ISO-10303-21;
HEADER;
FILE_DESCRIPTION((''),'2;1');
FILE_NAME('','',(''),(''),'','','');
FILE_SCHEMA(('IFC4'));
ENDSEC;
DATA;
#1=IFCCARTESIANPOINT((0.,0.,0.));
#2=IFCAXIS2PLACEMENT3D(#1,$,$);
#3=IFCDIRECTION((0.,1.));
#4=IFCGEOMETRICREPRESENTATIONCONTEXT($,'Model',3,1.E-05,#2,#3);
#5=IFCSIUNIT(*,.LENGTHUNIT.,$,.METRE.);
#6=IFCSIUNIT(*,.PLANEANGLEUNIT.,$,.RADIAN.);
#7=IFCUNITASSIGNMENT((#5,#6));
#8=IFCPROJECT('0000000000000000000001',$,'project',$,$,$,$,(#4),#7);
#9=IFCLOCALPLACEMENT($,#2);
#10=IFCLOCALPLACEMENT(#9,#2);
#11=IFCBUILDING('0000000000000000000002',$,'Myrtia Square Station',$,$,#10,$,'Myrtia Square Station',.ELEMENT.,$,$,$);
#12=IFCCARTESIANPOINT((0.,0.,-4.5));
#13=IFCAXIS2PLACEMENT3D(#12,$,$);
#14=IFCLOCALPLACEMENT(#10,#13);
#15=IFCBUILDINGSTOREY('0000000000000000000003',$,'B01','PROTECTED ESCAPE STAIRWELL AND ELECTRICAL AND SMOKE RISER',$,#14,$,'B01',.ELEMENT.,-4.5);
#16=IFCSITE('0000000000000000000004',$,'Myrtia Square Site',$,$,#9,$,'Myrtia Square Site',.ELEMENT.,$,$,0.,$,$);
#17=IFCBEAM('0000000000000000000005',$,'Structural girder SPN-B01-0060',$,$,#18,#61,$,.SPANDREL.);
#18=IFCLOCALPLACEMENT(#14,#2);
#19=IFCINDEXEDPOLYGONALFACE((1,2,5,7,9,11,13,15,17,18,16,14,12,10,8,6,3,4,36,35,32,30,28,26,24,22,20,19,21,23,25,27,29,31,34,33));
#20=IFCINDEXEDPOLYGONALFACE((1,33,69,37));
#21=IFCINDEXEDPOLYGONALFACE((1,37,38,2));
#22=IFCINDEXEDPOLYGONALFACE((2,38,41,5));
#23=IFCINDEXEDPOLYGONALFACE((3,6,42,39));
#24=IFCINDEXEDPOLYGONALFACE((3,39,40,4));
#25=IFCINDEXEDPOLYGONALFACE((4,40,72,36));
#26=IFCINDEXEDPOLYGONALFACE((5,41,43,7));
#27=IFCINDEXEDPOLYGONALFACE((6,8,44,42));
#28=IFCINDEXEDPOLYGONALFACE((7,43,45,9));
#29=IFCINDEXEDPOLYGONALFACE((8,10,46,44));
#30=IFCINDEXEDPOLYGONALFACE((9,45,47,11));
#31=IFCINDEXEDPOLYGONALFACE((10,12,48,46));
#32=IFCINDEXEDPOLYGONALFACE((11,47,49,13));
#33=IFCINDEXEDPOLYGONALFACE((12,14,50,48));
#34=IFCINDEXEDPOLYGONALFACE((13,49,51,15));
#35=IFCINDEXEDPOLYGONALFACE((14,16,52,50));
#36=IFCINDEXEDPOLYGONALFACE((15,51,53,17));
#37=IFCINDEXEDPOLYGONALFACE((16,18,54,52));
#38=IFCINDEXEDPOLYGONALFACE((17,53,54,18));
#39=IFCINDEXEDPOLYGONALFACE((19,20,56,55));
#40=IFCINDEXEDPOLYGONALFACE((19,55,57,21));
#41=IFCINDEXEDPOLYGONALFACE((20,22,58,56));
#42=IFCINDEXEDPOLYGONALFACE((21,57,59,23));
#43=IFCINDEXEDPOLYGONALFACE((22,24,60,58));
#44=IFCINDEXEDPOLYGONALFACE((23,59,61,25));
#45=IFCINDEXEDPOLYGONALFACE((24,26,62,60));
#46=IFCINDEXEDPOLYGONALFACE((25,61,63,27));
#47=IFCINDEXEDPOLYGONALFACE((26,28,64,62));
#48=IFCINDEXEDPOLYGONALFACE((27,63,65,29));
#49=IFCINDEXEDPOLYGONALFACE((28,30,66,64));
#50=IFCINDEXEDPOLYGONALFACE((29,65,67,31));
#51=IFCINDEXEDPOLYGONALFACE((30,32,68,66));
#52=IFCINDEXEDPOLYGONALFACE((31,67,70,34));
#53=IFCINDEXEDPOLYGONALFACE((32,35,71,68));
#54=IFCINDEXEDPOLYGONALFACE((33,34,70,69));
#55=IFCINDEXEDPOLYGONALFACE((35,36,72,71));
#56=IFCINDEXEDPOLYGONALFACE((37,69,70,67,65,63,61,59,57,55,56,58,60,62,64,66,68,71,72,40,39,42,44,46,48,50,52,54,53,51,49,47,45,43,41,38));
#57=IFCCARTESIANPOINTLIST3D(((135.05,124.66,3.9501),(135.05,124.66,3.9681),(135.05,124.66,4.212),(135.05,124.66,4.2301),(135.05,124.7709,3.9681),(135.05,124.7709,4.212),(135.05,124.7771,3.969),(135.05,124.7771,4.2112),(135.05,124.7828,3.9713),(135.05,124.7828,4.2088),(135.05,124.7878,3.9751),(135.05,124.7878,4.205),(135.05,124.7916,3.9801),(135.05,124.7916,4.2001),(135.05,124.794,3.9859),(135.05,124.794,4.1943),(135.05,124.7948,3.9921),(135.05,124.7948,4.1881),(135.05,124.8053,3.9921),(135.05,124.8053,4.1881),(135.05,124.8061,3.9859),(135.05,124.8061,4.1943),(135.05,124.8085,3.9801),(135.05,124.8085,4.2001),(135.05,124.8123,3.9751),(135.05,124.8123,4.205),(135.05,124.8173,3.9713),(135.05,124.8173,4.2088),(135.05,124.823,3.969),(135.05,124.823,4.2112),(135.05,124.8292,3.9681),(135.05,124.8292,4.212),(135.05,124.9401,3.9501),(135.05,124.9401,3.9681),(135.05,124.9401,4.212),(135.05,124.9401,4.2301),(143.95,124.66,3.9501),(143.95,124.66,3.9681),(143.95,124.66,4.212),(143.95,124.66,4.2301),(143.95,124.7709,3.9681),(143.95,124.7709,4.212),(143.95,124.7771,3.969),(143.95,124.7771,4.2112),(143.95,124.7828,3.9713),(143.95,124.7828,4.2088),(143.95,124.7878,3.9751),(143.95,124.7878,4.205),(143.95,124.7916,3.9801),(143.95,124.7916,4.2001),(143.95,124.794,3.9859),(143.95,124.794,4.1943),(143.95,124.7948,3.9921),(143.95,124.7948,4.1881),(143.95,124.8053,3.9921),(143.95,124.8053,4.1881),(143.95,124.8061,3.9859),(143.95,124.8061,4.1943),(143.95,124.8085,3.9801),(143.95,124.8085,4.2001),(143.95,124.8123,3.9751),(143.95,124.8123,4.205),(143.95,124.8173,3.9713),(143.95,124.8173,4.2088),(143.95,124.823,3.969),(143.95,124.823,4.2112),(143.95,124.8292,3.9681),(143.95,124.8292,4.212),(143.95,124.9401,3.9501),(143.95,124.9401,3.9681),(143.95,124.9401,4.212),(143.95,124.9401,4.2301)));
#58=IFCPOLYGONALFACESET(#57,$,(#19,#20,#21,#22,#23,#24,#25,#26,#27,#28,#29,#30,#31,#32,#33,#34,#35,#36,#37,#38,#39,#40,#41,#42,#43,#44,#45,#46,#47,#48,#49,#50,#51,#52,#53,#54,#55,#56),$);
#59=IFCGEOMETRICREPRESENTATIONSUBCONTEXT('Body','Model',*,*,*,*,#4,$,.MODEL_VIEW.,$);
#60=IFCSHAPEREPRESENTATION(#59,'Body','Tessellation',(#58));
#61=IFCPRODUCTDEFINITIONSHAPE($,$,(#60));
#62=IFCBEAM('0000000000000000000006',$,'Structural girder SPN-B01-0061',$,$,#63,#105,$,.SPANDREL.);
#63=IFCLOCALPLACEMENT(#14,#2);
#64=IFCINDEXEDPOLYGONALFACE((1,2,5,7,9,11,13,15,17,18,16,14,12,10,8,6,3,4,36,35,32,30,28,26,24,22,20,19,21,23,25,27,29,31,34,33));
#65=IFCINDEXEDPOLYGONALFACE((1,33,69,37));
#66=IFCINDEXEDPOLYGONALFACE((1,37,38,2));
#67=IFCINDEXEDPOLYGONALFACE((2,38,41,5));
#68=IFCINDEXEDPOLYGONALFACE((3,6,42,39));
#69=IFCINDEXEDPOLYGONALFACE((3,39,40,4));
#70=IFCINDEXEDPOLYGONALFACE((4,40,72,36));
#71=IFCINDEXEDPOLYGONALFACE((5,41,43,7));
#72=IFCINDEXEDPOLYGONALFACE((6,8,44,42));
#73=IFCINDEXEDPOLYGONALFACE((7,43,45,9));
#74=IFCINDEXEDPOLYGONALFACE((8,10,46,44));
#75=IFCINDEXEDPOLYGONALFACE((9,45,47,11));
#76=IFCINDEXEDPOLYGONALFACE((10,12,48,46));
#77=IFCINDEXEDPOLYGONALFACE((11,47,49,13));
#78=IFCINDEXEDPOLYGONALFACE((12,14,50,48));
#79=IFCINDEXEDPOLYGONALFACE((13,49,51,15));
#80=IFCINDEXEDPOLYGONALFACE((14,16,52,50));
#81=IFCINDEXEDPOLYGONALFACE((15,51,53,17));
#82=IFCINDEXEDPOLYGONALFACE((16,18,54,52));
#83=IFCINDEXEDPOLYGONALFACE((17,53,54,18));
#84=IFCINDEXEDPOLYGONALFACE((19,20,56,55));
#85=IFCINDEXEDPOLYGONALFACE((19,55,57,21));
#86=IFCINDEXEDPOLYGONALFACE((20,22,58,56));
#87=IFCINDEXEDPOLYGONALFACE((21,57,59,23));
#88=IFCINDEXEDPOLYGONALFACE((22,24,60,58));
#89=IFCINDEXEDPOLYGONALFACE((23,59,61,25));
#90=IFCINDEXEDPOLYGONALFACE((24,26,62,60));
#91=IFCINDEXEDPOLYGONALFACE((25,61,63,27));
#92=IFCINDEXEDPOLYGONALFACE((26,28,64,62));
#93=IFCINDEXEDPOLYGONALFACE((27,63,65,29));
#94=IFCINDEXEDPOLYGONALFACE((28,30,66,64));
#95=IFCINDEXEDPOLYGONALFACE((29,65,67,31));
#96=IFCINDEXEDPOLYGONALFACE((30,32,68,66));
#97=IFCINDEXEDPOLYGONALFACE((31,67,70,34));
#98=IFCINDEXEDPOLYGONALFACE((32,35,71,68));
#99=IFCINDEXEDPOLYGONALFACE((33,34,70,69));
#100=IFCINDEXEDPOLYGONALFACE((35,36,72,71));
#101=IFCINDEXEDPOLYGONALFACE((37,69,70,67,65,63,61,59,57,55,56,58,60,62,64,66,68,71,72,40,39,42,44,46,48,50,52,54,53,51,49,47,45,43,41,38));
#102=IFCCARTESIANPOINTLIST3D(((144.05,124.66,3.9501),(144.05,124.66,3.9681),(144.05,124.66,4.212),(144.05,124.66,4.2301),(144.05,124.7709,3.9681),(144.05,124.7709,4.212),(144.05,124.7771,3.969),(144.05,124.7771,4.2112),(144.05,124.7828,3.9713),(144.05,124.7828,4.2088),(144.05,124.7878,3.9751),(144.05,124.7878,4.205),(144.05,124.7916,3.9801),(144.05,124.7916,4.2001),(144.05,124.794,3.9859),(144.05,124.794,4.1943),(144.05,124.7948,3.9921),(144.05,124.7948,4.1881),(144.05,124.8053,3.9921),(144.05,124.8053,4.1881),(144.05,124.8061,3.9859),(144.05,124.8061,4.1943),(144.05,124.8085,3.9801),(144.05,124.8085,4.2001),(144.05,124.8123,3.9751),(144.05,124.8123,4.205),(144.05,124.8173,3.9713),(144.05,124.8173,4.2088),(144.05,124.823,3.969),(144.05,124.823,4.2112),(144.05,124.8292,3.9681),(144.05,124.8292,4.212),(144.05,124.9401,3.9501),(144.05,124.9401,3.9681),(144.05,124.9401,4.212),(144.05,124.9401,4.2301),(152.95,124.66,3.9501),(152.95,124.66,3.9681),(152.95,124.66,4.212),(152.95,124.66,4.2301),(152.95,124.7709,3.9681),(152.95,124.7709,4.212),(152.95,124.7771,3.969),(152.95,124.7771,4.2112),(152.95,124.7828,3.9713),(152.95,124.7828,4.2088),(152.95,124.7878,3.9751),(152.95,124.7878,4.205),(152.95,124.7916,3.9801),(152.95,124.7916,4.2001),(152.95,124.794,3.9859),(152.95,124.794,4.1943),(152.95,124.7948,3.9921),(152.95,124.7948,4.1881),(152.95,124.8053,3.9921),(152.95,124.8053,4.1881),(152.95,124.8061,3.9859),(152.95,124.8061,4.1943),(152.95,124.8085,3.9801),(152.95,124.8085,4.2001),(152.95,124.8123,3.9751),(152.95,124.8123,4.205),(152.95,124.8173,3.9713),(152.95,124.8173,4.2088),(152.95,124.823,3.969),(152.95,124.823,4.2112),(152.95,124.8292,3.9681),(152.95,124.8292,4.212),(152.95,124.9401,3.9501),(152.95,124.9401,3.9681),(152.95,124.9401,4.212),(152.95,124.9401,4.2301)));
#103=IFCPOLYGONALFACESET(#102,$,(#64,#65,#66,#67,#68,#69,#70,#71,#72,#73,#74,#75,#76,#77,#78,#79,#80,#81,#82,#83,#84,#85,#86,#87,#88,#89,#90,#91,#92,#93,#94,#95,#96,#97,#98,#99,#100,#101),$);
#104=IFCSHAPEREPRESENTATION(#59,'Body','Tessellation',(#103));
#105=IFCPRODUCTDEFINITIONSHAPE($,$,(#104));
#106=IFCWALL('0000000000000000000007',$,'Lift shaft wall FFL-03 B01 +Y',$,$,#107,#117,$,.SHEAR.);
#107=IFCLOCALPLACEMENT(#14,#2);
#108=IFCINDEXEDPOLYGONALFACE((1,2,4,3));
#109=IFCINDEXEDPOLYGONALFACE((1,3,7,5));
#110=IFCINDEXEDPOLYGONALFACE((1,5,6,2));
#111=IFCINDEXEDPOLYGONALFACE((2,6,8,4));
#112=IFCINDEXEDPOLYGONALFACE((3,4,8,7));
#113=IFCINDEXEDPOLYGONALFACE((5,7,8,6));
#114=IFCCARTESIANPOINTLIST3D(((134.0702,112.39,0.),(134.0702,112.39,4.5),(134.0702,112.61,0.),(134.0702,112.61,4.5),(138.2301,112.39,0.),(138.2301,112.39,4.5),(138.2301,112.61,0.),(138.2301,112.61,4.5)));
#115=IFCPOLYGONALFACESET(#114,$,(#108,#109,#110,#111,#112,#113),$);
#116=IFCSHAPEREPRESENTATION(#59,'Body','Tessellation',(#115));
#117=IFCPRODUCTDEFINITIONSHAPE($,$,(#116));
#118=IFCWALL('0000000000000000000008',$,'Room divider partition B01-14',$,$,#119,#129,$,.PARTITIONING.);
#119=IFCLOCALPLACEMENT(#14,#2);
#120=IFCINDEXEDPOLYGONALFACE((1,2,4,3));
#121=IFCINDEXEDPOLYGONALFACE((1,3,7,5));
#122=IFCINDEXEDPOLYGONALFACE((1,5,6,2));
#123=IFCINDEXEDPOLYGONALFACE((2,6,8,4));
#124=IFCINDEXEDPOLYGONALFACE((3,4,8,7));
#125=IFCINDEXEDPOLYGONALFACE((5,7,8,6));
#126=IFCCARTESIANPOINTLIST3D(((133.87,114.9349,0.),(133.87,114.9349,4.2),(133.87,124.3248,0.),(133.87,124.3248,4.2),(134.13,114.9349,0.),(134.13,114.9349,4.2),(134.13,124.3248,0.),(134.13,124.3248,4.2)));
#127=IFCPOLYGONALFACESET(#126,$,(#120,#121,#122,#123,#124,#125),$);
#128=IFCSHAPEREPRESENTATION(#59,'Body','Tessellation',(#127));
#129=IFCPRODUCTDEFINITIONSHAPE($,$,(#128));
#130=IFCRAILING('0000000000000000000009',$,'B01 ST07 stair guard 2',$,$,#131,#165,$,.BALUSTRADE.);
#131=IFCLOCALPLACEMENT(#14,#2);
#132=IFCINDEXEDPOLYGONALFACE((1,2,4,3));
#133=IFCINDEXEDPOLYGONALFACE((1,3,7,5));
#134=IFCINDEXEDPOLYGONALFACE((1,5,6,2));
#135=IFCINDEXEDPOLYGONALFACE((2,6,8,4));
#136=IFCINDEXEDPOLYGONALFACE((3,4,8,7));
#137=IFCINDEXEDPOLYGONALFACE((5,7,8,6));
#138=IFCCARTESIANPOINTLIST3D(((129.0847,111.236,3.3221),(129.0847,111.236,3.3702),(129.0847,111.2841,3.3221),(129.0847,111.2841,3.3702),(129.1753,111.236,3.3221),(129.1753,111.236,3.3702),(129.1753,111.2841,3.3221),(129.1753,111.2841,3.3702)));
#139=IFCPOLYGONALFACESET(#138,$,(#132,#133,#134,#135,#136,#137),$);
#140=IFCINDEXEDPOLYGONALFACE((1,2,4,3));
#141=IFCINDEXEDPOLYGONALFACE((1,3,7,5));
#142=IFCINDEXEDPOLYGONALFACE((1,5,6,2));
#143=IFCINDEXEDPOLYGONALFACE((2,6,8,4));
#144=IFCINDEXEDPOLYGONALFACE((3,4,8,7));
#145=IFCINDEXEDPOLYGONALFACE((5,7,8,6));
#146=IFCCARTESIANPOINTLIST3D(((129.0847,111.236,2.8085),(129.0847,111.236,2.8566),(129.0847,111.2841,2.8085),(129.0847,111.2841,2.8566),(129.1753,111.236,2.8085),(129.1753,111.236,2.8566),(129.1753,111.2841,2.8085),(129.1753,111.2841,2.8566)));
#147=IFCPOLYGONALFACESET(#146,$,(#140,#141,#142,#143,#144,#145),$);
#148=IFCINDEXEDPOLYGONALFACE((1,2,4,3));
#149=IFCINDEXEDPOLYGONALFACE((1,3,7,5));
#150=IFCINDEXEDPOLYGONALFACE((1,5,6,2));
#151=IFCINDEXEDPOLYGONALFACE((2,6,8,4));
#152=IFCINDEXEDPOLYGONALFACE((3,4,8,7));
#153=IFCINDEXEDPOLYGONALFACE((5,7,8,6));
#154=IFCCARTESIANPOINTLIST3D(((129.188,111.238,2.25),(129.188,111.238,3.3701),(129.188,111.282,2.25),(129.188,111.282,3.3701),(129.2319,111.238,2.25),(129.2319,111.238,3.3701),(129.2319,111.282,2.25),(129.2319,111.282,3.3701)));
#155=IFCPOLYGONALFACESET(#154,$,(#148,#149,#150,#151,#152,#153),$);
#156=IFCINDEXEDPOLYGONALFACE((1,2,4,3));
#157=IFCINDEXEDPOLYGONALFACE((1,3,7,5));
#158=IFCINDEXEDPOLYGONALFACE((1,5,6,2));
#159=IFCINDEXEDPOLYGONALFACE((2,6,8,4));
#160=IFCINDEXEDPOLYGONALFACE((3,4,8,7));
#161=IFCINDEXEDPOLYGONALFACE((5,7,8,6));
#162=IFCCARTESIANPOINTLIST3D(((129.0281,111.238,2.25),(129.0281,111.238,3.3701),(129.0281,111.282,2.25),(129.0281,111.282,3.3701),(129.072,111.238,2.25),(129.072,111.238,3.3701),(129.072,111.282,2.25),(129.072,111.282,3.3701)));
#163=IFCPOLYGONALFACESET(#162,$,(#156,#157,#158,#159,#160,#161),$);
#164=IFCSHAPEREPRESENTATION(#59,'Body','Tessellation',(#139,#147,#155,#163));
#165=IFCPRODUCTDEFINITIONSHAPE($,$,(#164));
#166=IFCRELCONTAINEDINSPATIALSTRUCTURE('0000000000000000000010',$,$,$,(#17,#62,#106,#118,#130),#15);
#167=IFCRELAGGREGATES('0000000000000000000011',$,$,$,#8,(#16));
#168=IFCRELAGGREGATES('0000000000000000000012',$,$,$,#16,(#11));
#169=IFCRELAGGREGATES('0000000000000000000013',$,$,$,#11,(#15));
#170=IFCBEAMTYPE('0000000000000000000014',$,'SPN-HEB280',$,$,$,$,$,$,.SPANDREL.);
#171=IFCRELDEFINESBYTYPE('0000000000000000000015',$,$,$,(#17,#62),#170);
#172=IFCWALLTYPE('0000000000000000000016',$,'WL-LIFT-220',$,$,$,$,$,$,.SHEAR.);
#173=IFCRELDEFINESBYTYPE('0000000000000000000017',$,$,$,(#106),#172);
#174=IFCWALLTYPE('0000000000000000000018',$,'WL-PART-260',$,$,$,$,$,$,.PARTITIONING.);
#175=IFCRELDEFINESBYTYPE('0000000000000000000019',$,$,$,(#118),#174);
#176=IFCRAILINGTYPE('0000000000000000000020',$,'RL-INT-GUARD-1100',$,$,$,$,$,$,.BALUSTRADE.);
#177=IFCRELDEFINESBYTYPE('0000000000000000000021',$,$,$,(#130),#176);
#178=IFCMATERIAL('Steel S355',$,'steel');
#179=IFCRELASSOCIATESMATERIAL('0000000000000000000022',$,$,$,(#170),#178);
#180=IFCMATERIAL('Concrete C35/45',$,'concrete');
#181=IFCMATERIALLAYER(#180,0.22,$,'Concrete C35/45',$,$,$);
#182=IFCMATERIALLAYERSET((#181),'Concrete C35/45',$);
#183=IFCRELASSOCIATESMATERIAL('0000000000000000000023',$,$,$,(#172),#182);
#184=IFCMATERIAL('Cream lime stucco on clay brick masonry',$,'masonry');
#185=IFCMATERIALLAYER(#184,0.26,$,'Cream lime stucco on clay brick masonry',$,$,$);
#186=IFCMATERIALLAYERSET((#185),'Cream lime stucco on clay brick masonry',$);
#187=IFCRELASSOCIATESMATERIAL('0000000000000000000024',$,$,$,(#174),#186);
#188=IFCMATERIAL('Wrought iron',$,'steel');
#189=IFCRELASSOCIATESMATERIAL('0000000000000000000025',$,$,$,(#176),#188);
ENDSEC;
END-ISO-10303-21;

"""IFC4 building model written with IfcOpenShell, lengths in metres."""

from ifc_helpers import new_model, si_unit, direction, frame, frame_2d, origin, origin_2d, place, context, subcontext, project, spatial, rectangle, i_section, extrude, material, layer, layer_set, material_profile, profile_set, type_object, element, save


model = new_model("IFC4")

# Units and contexts
model_context = context("Model", 3, precision=1e-05, world=origin(), true_north=direction((0.0, 1.0)))
body_context = subcontext(model_context, "Body", "Model", "MODEL_VIEW")
ifc_project = project(units=[si_unit("LENGTHUNIT", "METRE"), si_unit("PLANEANGLEUNIT", "RADIAN")], contexts=[model_context])

# Site, building, storey
site_placement = place(None, origin())
site = spatial("IfcSite", under=ifc_project, at=site_placement, Name="Myrtia Square Site", LongName="Myrtia Square Site", CompositionType="ELEMENT", RefElevation=0.0)
building_placement = place(site_placement, origin())
building = spatial("IfcBuilding", under=site, at=building_placement, Name="Myrtia Square Station", LongName="Myrtia Square Station", CompositionType="ELEMENT")
storey_placement = place(building_placement, frame((0.0, 0.0, -4.5)))
storey = spatial("IfcBuildingStorey", under=building, at=storey_placement, Name="B01", Description="PROTECTED ESCAPE STAIRWELL AND ELECTRICAL AND SMOKE RISER", LongName="B01", CompositionType="ELEMENT", Elevation=-4.5)

# Shared definitions
ifc_material_1 = material(Name="Concrete C35/45", Category="concrete")

# Shared definitions
ifc_material_2 = material(Name="Steel S355", Category="steel")

# Beams
ifc_material_profile_1 = material_profile(ifc_material_2, i_section(OverallWidth=0.28, OverallDepth=0.28, WebThickness=0.0105, FlangeThickness=0.0181, FilletRadius=0.0239, at=origin_2d()), Name="HEB 280")
ifc_profile_set_1 = profile_set([ifc_material_profile_1], Name="Steel S355")
beam_type_1 = type_object("IfcBeamType", Name="SPN-HEB280", PredefinedType="SPANDREL", material=ifc_profile_set_1)
for number, where, z_axis, x_axis, name in (
    (1, (135.05, 124.8, 4.0901), (1.0, 0.0, 0.0), (0.0, 1.0, 0.0), "Structural girder SPN-B01-0060"),
    (2, (144.05, 124.8, 4.0901), (1.0, 0.0, 0.0), (0.0, 1.0, 0.0), "Structural girder SPN-B01-0061"),
):
    element("IfcBeam", number, at=place(storey_placement, frame(where, z_axis=z_axis, x_axis=x_axis)), inside=storey, type_object=beam_type_1, Name=name, PredefinedType="SPANDREL", context=body_context, shape_type="SweptSolid", body=[
        extrude(i_section(OverallWidth=0.28, OverallDepth=0.28, WebThickness=0.0105, FlangeThickness=0.0181, FilletRadius=0.0239, at=origin_2d()), origin(), (0.0, 0.0, 1.0), 8.8999),
    ])

# Walls
ifc_layer_1 = layer(ifc_material_1, 0.22, Name="Concrete C35/45")
ifc_layer_set_1 = layer_set([ifc_layer_1], Name="Concrete C35/45")
wall_type_1 = type_object("IfcWallType", Name="WL-LIFT-220", PredefinedType="SHEAR", material=ifc_layer_set_1)
wall_1_placement = place(storey_placement, frame((134.0701, 112.5, 0.0), z_axis=(0.0, 0.0, 1.0), x_axis=(1.0, 0.0, 0.0)))
element("IfcWall", 3, at=wall_1_placement, inside=storey, type_object=wall_type_1, Name="Lift shaft wall FFL-03 B01 +Y", PredefinedType="SHEAR", context=body_context, shape_type="SweptSolid", body=[
    extrude(rectangle(XDim=4.1599, YDim=0.22, at=frame_2d((2.0801, 0.0))), origin(), (0.0, 0.0, 1.0), 4.5),
])
ifc_material_3 = material(Name="Cream lime stucco on clay brick masonry", Category="masonry")
ifc_layer_2 = layer(ifc_material_3, 0.26, Name="Cream lime stucco on clay brick masonry")
ifc_layer_set_2 = layer_set([ifc_layer_2], Name="Cream lime stucco on clay brick masonry")
wall_type_2 = type_object("IfcWallType", Name="WL-PART-260", PredefinedType="PARTITIONING", material=ifc_layer_set_2)
wall_2_placement = place(storey_placement, frame((134.0, 114.9351, 0.0), z_axis=(0.0, 0.0, 1.0), x_axis=(0.0, 1.0, 0.0)))
element("IfcWall", 4, at=wall_2_placement, inside=storey, type_object=wall_type_2, Name="Room divider partition B01-14", PredefinedType="PARTITIONING", context=body_context, shape_type="SweptSolid", body=[
    extrude(rectangle(XDim=9.3899, YDim=0.26, at=frame_2d((4.6948, 0.0))), origin(), (0.0, 0.0, 1.0), 4.2),
])

# Railing
ifc_material_4 = material(Name="Wrought iron", Category="steel")
railing_type = type_object("IfcRailingType", Name="RL-INT-GUARD-1100", PredefinedType="BALUSTRADE", material=ifc_material_4)
railing_1_placement = place(storey_placement, frame((129.21, 111.26, 2.25)))
element("IfcRailing", 5, at=railing_1_placement, inside=storey, type_object=railing_type, Name="B01 ST07 stair guard 2", PredefinedType="BALUSTRADE", context=body_context, shape_type="SweptSolid", body=[
    extrude(rectangle(XDim=0.0481, YDim=0.0481, at=origin_2d()), frame((-0.0347, 0.0, 1.0962), z_axis=(-1.0, 0.0, 0.0), x_axis=(0.0, -1.0, 0.0)), (0.0, 0.0, 1.0), 0.0906),
    extrude(rectangle(XDim=0.0481, YDim=0.0481, at=origin_2d()), frame((-0.0347, 0.0, 0.5825), z_axis=(-1.0, 0.0, 0.0), x_axis=(0.0, -1.0, 0.0)), (0.0, 0.0, 1.0), 0.0906),
    extrude(rectangle(XDim=0.0439, YDim=0.0439, at=origin_2d()), origin(), (0.0, 0.0, 1.0), 1.1201),
    extrude(rectangle(XDim=0.0439, YDim=0.0439, at=origin_2d()), frame((-0.1599, 0.0, 0.0)), (0.0, 0.0, 1.0), 1.1201),
])

save(model, "model.ifc")
